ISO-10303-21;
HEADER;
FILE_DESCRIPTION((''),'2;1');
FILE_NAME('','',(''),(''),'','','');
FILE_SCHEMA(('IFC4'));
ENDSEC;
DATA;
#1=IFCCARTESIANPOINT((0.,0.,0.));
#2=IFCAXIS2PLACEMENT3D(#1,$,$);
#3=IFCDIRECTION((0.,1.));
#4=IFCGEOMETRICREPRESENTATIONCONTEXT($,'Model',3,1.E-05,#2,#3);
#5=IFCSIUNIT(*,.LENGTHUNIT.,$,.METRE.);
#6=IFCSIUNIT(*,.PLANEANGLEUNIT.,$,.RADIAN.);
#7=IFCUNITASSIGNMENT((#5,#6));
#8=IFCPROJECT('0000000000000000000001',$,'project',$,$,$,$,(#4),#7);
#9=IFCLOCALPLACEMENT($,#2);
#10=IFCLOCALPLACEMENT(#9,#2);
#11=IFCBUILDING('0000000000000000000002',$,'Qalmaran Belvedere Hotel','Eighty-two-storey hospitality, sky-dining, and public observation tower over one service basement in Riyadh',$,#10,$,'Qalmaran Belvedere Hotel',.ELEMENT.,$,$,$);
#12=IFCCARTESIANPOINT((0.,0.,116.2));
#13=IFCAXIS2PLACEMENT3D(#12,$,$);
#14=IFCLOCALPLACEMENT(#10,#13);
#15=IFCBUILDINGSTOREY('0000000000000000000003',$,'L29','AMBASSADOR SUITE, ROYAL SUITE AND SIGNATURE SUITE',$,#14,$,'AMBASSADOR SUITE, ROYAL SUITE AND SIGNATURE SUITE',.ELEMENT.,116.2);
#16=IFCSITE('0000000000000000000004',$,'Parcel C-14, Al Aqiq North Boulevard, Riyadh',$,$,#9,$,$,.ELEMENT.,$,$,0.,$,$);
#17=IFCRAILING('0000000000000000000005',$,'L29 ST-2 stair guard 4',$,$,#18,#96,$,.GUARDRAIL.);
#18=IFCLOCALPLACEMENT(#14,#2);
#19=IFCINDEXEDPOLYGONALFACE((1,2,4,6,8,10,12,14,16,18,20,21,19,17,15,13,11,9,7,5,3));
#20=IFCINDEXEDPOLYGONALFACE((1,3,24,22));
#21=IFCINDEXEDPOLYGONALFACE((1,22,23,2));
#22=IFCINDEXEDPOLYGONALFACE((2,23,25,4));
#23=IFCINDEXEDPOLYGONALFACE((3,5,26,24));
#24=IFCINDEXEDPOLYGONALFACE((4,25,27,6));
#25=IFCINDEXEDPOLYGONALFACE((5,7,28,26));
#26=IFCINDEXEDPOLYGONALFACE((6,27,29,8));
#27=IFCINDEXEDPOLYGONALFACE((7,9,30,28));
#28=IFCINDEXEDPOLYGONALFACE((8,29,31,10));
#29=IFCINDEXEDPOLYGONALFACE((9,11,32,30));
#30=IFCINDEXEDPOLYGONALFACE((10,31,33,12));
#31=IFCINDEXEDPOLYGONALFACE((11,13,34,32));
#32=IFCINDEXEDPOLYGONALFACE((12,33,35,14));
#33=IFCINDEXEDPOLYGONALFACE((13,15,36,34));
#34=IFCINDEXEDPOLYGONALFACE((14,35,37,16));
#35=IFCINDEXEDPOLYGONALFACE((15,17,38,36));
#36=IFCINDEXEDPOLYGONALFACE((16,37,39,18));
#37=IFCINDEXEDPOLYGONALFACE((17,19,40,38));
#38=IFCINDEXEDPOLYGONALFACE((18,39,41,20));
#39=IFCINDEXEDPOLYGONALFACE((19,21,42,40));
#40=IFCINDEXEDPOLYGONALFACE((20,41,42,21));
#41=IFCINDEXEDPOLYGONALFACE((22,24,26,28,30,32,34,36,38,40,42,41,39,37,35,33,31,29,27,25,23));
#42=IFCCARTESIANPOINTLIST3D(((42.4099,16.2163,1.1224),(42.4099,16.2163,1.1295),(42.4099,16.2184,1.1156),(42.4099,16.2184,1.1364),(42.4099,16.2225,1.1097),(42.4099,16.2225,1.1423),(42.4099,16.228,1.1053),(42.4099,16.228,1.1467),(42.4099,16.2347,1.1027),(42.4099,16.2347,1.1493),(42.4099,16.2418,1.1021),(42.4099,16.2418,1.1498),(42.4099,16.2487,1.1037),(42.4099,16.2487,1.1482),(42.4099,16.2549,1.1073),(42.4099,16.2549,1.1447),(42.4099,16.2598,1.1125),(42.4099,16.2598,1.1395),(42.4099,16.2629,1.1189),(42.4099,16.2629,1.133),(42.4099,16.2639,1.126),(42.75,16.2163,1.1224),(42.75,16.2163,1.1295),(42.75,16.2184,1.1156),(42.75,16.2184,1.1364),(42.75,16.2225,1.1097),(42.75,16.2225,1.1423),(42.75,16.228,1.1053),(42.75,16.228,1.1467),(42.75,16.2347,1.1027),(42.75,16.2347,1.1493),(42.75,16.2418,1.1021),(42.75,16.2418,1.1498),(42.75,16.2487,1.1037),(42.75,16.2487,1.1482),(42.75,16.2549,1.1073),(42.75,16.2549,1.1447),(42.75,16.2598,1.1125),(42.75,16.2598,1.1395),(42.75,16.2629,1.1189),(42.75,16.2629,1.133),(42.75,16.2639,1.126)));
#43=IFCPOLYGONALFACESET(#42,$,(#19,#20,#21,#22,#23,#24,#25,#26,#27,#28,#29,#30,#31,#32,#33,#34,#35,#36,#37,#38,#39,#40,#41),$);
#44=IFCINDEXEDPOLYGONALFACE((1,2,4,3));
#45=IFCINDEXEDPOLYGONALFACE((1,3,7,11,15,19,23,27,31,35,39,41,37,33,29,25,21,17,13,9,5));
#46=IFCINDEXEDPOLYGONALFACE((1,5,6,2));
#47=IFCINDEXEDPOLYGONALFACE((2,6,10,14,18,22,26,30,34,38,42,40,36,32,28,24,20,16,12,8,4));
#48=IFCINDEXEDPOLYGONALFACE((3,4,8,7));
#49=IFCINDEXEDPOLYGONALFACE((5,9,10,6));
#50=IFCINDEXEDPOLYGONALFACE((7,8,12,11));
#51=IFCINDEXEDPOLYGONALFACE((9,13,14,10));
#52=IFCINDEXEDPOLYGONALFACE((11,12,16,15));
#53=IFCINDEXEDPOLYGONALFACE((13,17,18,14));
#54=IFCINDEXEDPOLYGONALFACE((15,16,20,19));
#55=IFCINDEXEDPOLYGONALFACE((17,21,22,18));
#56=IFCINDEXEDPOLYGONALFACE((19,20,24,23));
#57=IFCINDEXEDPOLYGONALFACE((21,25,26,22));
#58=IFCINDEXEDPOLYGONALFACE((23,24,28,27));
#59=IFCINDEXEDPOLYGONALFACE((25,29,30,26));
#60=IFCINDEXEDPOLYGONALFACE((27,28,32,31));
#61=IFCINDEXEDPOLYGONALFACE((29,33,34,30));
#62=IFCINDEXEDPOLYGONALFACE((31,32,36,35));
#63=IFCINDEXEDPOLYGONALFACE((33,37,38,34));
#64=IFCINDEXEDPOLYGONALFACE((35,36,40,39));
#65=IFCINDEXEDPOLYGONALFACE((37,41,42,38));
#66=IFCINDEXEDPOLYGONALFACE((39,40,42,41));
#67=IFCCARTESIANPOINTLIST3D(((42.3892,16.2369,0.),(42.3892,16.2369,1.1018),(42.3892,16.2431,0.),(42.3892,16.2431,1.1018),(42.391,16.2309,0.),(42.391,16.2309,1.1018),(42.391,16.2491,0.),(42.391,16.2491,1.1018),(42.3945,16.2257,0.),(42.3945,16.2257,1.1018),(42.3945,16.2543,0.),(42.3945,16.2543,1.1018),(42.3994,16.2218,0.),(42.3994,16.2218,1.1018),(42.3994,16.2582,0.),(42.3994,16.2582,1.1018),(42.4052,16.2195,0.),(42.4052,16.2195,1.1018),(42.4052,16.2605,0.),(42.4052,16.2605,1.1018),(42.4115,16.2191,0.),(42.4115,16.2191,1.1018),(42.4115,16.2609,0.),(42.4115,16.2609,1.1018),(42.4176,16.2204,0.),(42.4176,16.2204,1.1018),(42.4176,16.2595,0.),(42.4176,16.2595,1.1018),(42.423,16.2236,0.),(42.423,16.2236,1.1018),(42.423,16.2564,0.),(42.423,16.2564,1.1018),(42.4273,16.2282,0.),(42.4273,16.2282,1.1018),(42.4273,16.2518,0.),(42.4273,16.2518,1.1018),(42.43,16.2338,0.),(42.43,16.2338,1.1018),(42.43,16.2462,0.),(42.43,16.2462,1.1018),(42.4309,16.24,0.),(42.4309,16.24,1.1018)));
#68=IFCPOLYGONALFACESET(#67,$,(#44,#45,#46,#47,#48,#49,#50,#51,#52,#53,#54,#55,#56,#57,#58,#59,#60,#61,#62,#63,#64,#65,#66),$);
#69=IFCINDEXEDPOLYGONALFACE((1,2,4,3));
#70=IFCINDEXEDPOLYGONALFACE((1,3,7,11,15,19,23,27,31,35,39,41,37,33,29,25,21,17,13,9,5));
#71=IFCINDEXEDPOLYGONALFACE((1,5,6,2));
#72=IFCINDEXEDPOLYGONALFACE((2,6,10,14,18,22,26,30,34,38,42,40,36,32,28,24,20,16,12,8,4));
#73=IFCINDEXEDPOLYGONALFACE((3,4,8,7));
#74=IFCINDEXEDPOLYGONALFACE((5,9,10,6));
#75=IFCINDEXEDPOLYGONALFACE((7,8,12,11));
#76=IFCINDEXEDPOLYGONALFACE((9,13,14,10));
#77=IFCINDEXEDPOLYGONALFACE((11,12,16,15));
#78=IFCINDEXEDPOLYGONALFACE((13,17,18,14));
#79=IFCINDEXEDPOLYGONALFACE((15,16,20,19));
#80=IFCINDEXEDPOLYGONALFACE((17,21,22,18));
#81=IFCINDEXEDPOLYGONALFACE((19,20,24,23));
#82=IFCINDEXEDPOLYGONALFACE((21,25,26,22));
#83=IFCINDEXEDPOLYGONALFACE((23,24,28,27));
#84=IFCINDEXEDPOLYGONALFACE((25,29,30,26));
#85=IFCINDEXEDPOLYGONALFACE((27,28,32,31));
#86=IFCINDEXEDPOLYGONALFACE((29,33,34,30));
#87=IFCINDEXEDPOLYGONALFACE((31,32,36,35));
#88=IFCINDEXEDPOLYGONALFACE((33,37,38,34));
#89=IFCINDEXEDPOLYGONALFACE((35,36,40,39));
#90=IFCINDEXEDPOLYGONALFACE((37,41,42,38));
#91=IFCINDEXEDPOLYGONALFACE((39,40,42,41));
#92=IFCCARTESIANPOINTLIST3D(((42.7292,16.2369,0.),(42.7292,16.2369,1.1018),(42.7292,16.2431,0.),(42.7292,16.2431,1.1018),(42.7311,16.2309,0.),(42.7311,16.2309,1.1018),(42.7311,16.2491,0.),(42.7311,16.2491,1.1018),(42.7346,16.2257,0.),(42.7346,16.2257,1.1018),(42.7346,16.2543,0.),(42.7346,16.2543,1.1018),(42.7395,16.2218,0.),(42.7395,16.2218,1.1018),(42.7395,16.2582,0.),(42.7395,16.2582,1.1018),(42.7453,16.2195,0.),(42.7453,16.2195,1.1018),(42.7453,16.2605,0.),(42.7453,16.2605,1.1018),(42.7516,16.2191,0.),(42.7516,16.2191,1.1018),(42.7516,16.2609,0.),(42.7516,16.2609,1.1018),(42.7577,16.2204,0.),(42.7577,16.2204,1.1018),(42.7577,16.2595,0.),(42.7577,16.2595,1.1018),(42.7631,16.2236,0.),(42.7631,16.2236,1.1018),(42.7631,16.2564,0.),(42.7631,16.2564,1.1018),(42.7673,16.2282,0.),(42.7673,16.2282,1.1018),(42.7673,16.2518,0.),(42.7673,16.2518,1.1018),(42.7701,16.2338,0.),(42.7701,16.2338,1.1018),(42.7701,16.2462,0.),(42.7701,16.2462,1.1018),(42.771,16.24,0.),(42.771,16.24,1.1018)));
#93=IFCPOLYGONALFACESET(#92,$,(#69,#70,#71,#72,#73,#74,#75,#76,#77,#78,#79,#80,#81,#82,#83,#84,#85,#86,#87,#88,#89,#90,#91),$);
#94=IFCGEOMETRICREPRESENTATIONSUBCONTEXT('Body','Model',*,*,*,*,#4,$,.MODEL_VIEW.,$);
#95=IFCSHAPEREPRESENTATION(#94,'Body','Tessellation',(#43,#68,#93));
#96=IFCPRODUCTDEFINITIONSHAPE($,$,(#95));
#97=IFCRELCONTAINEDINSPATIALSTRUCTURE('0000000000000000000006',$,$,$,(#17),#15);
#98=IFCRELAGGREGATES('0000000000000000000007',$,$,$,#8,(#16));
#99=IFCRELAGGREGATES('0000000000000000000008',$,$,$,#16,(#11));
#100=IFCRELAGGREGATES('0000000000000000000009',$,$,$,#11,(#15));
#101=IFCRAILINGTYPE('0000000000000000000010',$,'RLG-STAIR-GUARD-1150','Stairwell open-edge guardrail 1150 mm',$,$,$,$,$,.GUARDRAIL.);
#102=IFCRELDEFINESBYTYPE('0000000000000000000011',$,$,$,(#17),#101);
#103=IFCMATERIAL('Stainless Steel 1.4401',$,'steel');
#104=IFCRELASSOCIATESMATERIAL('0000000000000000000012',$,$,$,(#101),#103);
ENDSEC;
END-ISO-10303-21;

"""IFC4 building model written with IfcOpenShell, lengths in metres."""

from ifc_helpers import new_model, si_unit, direction, frame, origin, origin_2d, place, context, subcontext, project, spatial, circle, extrude, material, type_object, element, save


model = new_model("IFC4")

# Units and contexts
model_context = context("Model", 3, precision=1e-05, world=origin(), true_north=direction((0.0, 1.0)))
body_context = subcontext(model_context, "Body", "Model", "MODEL_VIEW")
ifc_project = project(units=[si_unit("LENGTHUNIT", "METRE"), si_unit("PLANEANGLEUNIT", "RADIAN")], contexts=[model_context])

# Site, building, storey
site_placement = place(None, origin())
site = spatial("IfcSite", under=ifc_project, at=site_placement, Name="Parcel C-14, Al Aqiq North Boulevard, Riyadh", CompositionType="ELEMENT", RefElevation=0.0)
building_placement = place(site_placement, origin())
building = spatial("IfcBuilding", under=site, at=building_placement, Name="Qalmaran Belvedere Hotel", Description="Eighty-two-storey hospitality, sky-dining, and public observation tower over one service basement in Riyadh", LongName="Qalmaran Belvedere Hotel", CompositionType="ELEMENT")
storey_placement = place(building_placement, frame((0.0, 0.0, 116.2)))
storey = spatial("IfcBuildingStorey", under=building, at=storey_placement, Name="L29", Description="AMBASSADOR SUITE, ROYAL SUITE AND SIGNATURE SUITE", LongName="AMBASSADOR SUITE, ROYAL SUITE AND SIGNATURE SUITE", CompositionType="ELEMENT", Elevation=116.2)

# Shared definitions
ifc_material_1 = material(Name="Stainless Steel 1.4401", Category="steel")

# Railing
railing_type_1 = type_object("IfcRailingType", Name="RLG-STAIR-GUARD-1150", Description="Stairwell open-edge guardrail 1150 mm", PredefinedType="GUARDRAIL", material=ifc_material_1)
railing_1_placement = place(storey_placement, frame((42.4099, 16.24, 0.0)))
element("IfcRailing", 1, at=railing_1_placement, inside=storey, type_object=railing_type_1, Name="L29 ST-2 stair guard 4", PredefinedType="GUARDRAIL", context=body_context, shape_type="SweptSolid", body=[
    extrude(circle(Radius=0.0239, at=origin_2d()), frame((0.0, 0.0, 1.126), z_axis=(1.0, 0.0, 0.0), x_axis=(0.0, 1.0, 0.0)), (0.0, 0.0, 1.0), 0.3401),
    extrude(circle(Radius=0.021, at=origin_2d()), origin(), (0.0, 0.0, 1.0), 1.1018),
    extrude(circle(Radius=0.021, at=origin_2d()), frame((0.3401, 0.0, 0.0)), (0.0, 0.0, 1.0), 1.1018),
])

save(model, "model.ifc")
